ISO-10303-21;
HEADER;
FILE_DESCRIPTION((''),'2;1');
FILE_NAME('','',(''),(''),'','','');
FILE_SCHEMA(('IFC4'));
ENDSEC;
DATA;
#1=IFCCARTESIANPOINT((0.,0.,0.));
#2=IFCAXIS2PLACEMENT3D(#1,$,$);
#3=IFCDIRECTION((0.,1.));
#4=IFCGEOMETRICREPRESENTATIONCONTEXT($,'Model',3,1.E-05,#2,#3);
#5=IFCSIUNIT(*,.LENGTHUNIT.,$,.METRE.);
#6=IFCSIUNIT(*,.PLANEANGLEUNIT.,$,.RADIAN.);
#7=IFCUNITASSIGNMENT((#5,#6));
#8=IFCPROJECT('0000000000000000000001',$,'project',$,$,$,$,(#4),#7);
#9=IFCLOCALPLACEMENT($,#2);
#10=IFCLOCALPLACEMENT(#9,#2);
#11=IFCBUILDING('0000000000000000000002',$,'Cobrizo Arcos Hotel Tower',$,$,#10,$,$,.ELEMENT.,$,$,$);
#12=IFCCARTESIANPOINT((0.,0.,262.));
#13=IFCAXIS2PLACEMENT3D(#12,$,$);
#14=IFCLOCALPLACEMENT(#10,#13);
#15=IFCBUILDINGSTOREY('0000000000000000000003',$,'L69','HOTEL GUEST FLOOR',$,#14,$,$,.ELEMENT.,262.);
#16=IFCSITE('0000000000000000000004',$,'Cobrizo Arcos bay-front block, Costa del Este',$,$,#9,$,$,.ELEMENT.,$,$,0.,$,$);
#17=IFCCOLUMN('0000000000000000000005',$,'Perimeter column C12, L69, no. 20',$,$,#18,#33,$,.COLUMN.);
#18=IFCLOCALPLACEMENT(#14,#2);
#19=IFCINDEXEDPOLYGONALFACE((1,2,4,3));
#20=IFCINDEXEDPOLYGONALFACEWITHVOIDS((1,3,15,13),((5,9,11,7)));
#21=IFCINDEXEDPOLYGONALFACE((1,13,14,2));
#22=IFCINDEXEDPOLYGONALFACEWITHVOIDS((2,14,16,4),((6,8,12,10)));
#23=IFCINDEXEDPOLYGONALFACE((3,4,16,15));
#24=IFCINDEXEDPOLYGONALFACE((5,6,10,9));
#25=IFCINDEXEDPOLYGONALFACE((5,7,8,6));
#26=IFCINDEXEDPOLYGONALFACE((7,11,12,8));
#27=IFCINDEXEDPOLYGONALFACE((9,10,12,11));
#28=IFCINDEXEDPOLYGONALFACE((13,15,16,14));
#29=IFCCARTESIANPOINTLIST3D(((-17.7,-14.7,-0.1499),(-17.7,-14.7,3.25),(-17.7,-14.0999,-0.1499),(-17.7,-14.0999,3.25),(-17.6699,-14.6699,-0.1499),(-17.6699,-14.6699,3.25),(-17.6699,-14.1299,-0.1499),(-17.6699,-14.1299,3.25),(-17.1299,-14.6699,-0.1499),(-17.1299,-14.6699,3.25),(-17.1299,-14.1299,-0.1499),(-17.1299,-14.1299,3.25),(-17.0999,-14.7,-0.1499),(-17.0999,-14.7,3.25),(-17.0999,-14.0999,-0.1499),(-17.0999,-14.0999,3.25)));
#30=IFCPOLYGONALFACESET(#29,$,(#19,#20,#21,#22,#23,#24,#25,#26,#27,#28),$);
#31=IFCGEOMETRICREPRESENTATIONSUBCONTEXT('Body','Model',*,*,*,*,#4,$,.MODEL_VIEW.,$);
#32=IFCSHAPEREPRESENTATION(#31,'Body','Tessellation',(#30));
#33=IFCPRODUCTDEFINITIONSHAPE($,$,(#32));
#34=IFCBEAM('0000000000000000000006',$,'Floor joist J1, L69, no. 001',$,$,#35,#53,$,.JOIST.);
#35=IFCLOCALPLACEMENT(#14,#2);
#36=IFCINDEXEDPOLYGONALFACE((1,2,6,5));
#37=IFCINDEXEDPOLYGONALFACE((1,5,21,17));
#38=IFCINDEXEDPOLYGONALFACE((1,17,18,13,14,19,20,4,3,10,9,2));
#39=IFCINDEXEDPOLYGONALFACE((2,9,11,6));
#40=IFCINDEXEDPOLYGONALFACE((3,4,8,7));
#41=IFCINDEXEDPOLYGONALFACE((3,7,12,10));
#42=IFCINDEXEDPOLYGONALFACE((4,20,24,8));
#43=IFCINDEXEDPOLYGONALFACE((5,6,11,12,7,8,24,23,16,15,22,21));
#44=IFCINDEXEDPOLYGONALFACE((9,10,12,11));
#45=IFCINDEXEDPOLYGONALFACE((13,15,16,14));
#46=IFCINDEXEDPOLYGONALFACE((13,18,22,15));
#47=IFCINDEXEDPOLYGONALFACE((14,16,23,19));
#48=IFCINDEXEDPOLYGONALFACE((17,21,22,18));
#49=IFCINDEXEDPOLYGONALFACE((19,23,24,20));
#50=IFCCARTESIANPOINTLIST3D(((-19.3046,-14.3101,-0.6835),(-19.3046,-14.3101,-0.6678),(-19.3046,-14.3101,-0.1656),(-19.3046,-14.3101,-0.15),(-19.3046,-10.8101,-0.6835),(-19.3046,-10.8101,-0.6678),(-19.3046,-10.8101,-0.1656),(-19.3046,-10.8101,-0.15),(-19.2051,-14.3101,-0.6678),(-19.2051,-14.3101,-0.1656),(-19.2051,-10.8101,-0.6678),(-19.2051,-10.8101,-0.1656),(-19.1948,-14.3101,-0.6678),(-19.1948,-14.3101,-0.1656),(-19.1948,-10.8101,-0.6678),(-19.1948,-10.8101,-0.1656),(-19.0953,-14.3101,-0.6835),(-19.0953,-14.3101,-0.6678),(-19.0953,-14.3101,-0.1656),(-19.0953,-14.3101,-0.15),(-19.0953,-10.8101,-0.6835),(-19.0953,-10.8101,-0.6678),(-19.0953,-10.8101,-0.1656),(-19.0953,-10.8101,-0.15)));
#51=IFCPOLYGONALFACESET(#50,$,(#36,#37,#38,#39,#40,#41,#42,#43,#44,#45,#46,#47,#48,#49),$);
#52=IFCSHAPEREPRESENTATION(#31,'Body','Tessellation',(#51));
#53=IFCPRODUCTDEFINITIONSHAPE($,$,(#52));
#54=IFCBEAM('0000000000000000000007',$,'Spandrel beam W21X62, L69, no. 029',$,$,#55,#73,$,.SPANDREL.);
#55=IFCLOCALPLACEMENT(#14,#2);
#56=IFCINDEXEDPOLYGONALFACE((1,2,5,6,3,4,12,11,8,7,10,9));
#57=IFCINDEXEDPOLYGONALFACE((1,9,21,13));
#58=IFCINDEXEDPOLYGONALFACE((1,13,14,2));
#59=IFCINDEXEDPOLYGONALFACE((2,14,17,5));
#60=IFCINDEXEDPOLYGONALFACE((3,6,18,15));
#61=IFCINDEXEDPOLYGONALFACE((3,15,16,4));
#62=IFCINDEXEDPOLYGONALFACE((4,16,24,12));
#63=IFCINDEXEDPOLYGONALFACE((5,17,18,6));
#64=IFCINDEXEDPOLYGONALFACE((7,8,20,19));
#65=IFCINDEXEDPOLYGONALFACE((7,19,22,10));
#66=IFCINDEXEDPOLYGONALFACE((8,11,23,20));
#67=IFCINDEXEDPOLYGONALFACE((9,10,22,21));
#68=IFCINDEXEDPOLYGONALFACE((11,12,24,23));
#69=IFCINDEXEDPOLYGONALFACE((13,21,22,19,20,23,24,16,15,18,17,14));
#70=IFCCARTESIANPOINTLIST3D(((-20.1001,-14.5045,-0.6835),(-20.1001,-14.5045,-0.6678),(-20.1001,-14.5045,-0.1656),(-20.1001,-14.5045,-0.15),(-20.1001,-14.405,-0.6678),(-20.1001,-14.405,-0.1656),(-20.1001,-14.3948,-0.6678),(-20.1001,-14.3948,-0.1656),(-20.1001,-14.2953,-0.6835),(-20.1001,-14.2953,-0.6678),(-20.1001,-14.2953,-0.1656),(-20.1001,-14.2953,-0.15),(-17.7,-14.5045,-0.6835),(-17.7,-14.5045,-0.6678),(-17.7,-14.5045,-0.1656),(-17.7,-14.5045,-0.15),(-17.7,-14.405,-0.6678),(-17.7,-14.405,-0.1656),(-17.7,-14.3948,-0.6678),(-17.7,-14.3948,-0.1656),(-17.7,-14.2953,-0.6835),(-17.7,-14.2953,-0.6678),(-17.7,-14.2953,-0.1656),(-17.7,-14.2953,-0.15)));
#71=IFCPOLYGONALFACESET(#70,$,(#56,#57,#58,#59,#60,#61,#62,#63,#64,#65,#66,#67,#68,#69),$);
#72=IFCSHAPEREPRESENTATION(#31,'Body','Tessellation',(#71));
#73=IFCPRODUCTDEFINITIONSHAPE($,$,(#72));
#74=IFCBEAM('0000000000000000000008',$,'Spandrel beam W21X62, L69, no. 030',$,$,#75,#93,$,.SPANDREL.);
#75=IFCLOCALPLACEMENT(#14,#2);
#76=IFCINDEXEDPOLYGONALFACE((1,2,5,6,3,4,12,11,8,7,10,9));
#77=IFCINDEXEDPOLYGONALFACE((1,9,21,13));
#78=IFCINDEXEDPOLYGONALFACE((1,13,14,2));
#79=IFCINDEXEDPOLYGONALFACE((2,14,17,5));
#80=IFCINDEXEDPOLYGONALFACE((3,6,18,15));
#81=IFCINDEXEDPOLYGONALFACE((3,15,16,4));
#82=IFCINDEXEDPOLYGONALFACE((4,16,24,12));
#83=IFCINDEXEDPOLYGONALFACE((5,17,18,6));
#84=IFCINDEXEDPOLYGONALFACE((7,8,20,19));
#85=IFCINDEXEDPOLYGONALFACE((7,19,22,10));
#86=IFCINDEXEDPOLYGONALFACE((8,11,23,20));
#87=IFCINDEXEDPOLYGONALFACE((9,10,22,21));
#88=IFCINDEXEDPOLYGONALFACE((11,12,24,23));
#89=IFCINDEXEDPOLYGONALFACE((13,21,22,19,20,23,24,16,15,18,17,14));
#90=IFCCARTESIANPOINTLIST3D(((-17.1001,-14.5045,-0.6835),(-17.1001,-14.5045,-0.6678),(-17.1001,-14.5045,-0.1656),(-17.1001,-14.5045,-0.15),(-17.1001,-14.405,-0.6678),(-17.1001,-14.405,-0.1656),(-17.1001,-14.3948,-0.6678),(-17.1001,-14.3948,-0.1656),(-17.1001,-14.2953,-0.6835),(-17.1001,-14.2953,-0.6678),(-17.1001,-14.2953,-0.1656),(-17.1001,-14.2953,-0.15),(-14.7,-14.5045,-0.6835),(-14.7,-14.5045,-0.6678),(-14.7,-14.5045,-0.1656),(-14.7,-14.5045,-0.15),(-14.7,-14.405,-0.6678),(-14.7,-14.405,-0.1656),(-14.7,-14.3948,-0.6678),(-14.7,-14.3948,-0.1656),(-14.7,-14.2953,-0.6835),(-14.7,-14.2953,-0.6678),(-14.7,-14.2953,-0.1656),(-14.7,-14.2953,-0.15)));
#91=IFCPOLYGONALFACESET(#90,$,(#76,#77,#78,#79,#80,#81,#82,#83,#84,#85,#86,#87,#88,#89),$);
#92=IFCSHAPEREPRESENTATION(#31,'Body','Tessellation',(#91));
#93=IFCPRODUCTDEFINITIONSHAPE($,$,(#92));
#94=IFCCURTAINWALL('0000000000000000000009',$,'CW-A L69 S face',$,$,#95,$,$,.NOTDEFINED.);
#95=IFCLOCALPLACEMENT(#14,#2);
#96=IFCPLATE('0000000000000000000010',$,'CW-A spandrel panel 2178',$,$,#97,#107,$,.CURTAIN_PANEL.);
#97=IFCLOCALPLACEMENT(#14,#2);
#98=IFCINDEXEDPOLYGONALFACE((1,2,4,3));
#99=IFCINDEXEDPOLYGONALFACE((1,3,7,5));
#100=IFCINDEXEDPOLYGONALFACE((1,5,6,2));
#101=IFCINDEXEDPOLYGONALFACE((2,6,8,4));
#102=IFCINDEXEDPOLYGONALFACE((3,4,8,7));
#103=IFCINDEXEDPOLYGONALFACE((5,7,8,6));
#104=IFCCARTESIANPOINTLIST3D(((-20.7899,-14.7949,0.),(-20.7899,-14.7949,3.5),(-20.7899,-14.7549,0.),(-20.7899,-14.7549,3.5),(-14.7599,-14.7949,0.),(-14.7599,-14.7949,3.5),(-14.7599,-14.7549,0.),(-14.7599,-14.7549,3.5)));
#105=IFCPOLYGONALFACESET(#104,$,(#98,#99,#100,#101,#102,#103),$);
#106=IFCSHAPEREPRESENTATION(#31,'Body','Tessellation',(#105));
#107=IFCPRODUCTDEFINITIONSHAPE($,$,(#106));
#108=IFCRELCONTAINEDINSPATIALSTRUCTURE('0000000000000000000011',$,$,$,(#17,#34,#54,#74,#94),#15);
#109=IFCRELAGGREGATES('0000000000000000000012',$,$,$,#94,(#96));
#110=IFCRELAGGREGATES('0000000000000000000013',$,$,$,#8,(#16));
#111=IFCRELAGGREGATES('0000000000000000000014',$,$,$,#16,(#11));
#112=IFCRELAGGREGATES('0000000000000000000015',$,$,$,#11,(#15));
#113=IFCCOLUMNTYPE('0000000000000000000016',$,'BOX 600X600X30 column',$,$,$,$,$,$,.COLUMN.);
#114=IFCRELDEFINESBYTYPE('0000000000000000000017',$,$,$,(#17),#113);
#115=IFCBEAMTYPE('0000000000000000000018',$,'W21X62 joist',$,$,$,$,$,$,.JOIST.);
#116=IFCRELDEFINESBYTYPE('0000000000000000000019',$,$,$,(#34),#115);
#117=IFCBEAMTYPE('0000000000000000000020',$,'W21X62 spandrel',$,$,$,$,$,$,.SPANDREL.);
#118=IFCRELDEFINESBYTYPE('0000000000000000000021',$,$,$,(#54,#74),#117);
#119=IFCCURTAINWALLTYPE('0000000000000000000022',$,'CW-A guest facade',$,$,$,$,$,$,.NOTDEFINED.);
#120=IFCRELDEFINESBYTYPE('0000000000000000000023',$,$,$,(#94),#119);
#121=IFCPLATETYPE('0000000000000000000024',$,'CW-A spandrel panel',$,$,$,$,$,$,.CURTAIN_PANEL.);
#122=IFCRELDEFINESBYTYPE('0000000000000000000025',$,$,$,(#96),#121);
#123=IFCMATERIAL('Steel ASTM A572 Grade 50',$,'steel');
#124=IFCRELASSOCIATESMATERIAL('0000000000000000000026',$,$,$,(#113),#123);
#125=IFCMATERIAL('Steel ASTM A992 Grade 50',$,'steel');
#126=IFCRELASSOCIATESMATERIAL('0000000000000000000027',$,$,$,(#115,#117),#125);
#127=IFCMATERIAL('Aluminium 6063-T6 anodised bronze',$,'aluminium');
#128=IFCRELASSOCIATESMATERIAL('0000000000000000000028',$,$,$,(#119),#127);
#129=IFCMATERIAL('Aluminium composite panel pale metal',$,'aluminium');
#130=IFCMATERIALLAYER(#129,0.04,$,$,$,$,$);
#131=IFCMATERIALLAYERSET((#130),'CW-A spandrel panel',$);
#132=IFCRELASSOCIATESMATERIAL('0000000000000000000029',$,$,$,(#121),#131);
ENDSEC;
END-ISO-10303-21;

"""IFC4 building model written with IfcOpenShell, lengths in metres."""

from ifc_helpers import new_model, si_unit, direction, frame, origin, origin_2d, place, context, subcontext, project, spatial, rectangle, hollow_rectangle, i_section, extrude, material, layer, layer_set, material_profile, profile_set, type_object, element, aggregate, save


model = new_model("IFC4")

# Units and contexts
model_context = context("Model", 3, precision=1e-05, world=origin(), true_north=direction((0.0, 1.0)))
body_context = subcontext(model_context, "Body", "Model", "MODEL_VIEW")
ifc_project = project(units=[si_unit("LENGTHUNIT", "METRE"), si_unit("PLANEANGLEUNIT", "RADIAN")], contexts=[model_context])

# Site, building, storey
site_placement = place(None, origin())
site = spatial("IfcSite", under=ifc_project, at=site_placement, Name="Cobrizo Arcos bay-front block, Costa del Este", CompositionType="ELEMENT", RefElevation=0.0)
building_placement = place(site_placement, origin())
building = spatial("IfcBuilding", under=site, at=building_placement, Name="Cobrizo Arcos Hotel Tower", CompositionType="ELEMENT")
storey_placement = place(building_placement, frame((0.0, 0.0, 262.0)))
storey = spatial("IfcBuildingStorey", under=building, at=storey_placement, Name="L69", Description="HOTEL GUEST FLOOR", CompositionType="ELEMENT", Elevation=262.0)

# Column
ifc_material_1 = material(Name="Steel ASTM A572 Grade 50", Category="steel")
ifc_material_profile_1 = material_profile(ifc_material_1, hollow_rectangle(XDim=0.6001, YDim=0.6001, WallThickness=0.03, at=origin_2d()), Name="BOX 600X600X30")
ifc_profile_set_1 = profile_set([ifc_material_profile_1], Name="Steel ASTM A572 Grade 50")
column_type = type_object("IfcColumnType", Name="BOX 600X600X30 column", PredefinedType="COLUMN", material=ifc_profile_set_1)
column_placement = place(storey_placement, frame((-17.3999, -14.3999, -0.1499), z_axis=(0.0, 0.0, 1.0), x_axis=(1.0, 0.0, 0.0)))
element("IfcColumn", 1, at=column_placement, inside=storey, type_object=column_type, Name="Perimeter column C12, L69, no. 20", PredefinedType="COLUMN", context=body_context, shape_type="SweptSolid", body=[
    extrude(hollow_rectangle(XDim=0.6001, YDim=0.6001, WallThickness=0.03, at=origin_2d()), origin(), (0.0, 0.0, 1.0), 3.3999),
])

# Beams
ifc_material_2 = material(Name="Steel ASTM A992 Grade 50", Category="steel")
ifc_material_profile_2 = material_profile(ifc_material_2, i_section(OverallWidth=0.2092, OverallDepth=0.5334, WebThickness=0.0103, FlangeThickness=0.0156, at=origin_2d()), Name="W21X62")
ifc_profile_set_2 = profile_set([ifc_material_profile_2], Name="Steel ASTM A992 Grade 50")
beam_type_1 = type_object("IfcBeamType", Name="W21X62 joist", PredefinedType="JOIST", material=ifc_profile_set_2)
beam_placement = place(storey_placement, frame((-19.2, -14.3101, -0.4167), z_axis=(0.0, 1.0, 0.0), x_axis=(-1.0, 0.0, 0.0)))
element("IfcBeam", 2, at=beam_placement, inside=storey, type_object=beam_type_1, Name="Floor joist J1, L69, no. 001", PredefinedType="JOIST", context=body_context, shape_type="SweptSolid", body=[
    extrude(i_section(OverallWidth=0.2092, OverallDepth=0.5334, WebThickness=0.0103, FlangeThickness=0.0156, at=origin_2d()), origin(), (0.0, 0.0, 1.0), 3.5),
])
ifc_material_profile_3 = material_profile(ifc_material_2, i_section(OverallWidth=0.2092, OverallDepth=0.5334, WebThickness=0.0103, FlangeThickness=0.0156, at=origin_2d()), Name="W21X62")
ifc_profile_set_3 = profile_set([ifc_material_profile_3], Name="Steel ASTM A992 Grade 50")
beam_type_2 = type_object("IfcBeamType", Name="W21X62 spandrel", PredefinedType="SPANDREL", material=ifc_profile_set_3)
for number, where, z_axis, x_axis, name in (
    (3, (-20.1001, -14.3999, -0.4167), (1.0, 0.0, 0.0), (0.0, 1.0, 0.0), "Spandrel beam W21X62, L69, no. 029"),
    (4, (-17.1001, -14.3999, -0.4167), (1.0, 0.0, 0.0), (0.0, 1.0, 0.0), "Spandrel beam W21X62, L69, no. 030"),
):
    element("IfcBeam", number, at=place(storey_placement, frame(where, z_axis=z_axis, x_axis=x_axis)), inside=storey, type_object=beam_type_2, Name=name, PredefinedType="SPANDREL", context=body_context, shape_type="SweptSolid", body=[
        extrude(i_section(OverallWidth=0.2092, OverallDepth=0.5334, WebThickness=0.0103, FlangeThickness=0.0156, at=origin_2d()), origin(), (0.0, 0.0, 1.0), 2.4001),
    ])

# Curtain wall, plate
ifc_material_3 = material(Name="Aluminium 6063-T6 anodised bronze", Category="aluminium")
curtain_wall_type = type_object("IfcCurtainWallType", Name="CW-A guest facade", PredefinedType="NOTDEFINED", material=ifc_material_3)
curtain_wall_placement = place(storey_placement, origin())
curtain_wall = element("IfcCurtainWall", 5, at=curtain_wall_placement, inside=storey, type_object=curtain_wall_type, Name="CW-A L69 S face", PredefinedType="NOTDEFINED")
ifc_material_4 = material(Name="Aluminium composite panel pale metal", Category="aluminium")
ifc_layer_1 = layer(ifc_material_4, 0.04)
ifc_layer_set_1 = layer_set([ifc_layer_1], Name="CW-A spandrel panel")
plate_type = type_object("IfcPlateType", Name="CW-A spandrel panel", PredefinedType="CURTAIN_PANEL", material=ifc_layer_set_1)
plate_placement = place(storey_placement, frame((-17.7749, -14.7749, 0.0), z_axis=(0.0, 0.0, 1.0), x_axis=(1.0, 0.0, 0.0)))
plate = element("IfcPlate", 6, at=plate_placement, type_object=plate_type, Name="CW-A spandrel panel 2178", PredefinedType="CURTAIN_PANEL", context=body_context, shape_type="SweptSolid", body=[
    extrude(rectangle(XDim=6.03, YDim=0.04, at=origin_2d()), origin(), (0.0, 0.0, 1.0), 3.5),
])
aggregate(curtain_wall, [plate])

save(model, "model.ifc")
